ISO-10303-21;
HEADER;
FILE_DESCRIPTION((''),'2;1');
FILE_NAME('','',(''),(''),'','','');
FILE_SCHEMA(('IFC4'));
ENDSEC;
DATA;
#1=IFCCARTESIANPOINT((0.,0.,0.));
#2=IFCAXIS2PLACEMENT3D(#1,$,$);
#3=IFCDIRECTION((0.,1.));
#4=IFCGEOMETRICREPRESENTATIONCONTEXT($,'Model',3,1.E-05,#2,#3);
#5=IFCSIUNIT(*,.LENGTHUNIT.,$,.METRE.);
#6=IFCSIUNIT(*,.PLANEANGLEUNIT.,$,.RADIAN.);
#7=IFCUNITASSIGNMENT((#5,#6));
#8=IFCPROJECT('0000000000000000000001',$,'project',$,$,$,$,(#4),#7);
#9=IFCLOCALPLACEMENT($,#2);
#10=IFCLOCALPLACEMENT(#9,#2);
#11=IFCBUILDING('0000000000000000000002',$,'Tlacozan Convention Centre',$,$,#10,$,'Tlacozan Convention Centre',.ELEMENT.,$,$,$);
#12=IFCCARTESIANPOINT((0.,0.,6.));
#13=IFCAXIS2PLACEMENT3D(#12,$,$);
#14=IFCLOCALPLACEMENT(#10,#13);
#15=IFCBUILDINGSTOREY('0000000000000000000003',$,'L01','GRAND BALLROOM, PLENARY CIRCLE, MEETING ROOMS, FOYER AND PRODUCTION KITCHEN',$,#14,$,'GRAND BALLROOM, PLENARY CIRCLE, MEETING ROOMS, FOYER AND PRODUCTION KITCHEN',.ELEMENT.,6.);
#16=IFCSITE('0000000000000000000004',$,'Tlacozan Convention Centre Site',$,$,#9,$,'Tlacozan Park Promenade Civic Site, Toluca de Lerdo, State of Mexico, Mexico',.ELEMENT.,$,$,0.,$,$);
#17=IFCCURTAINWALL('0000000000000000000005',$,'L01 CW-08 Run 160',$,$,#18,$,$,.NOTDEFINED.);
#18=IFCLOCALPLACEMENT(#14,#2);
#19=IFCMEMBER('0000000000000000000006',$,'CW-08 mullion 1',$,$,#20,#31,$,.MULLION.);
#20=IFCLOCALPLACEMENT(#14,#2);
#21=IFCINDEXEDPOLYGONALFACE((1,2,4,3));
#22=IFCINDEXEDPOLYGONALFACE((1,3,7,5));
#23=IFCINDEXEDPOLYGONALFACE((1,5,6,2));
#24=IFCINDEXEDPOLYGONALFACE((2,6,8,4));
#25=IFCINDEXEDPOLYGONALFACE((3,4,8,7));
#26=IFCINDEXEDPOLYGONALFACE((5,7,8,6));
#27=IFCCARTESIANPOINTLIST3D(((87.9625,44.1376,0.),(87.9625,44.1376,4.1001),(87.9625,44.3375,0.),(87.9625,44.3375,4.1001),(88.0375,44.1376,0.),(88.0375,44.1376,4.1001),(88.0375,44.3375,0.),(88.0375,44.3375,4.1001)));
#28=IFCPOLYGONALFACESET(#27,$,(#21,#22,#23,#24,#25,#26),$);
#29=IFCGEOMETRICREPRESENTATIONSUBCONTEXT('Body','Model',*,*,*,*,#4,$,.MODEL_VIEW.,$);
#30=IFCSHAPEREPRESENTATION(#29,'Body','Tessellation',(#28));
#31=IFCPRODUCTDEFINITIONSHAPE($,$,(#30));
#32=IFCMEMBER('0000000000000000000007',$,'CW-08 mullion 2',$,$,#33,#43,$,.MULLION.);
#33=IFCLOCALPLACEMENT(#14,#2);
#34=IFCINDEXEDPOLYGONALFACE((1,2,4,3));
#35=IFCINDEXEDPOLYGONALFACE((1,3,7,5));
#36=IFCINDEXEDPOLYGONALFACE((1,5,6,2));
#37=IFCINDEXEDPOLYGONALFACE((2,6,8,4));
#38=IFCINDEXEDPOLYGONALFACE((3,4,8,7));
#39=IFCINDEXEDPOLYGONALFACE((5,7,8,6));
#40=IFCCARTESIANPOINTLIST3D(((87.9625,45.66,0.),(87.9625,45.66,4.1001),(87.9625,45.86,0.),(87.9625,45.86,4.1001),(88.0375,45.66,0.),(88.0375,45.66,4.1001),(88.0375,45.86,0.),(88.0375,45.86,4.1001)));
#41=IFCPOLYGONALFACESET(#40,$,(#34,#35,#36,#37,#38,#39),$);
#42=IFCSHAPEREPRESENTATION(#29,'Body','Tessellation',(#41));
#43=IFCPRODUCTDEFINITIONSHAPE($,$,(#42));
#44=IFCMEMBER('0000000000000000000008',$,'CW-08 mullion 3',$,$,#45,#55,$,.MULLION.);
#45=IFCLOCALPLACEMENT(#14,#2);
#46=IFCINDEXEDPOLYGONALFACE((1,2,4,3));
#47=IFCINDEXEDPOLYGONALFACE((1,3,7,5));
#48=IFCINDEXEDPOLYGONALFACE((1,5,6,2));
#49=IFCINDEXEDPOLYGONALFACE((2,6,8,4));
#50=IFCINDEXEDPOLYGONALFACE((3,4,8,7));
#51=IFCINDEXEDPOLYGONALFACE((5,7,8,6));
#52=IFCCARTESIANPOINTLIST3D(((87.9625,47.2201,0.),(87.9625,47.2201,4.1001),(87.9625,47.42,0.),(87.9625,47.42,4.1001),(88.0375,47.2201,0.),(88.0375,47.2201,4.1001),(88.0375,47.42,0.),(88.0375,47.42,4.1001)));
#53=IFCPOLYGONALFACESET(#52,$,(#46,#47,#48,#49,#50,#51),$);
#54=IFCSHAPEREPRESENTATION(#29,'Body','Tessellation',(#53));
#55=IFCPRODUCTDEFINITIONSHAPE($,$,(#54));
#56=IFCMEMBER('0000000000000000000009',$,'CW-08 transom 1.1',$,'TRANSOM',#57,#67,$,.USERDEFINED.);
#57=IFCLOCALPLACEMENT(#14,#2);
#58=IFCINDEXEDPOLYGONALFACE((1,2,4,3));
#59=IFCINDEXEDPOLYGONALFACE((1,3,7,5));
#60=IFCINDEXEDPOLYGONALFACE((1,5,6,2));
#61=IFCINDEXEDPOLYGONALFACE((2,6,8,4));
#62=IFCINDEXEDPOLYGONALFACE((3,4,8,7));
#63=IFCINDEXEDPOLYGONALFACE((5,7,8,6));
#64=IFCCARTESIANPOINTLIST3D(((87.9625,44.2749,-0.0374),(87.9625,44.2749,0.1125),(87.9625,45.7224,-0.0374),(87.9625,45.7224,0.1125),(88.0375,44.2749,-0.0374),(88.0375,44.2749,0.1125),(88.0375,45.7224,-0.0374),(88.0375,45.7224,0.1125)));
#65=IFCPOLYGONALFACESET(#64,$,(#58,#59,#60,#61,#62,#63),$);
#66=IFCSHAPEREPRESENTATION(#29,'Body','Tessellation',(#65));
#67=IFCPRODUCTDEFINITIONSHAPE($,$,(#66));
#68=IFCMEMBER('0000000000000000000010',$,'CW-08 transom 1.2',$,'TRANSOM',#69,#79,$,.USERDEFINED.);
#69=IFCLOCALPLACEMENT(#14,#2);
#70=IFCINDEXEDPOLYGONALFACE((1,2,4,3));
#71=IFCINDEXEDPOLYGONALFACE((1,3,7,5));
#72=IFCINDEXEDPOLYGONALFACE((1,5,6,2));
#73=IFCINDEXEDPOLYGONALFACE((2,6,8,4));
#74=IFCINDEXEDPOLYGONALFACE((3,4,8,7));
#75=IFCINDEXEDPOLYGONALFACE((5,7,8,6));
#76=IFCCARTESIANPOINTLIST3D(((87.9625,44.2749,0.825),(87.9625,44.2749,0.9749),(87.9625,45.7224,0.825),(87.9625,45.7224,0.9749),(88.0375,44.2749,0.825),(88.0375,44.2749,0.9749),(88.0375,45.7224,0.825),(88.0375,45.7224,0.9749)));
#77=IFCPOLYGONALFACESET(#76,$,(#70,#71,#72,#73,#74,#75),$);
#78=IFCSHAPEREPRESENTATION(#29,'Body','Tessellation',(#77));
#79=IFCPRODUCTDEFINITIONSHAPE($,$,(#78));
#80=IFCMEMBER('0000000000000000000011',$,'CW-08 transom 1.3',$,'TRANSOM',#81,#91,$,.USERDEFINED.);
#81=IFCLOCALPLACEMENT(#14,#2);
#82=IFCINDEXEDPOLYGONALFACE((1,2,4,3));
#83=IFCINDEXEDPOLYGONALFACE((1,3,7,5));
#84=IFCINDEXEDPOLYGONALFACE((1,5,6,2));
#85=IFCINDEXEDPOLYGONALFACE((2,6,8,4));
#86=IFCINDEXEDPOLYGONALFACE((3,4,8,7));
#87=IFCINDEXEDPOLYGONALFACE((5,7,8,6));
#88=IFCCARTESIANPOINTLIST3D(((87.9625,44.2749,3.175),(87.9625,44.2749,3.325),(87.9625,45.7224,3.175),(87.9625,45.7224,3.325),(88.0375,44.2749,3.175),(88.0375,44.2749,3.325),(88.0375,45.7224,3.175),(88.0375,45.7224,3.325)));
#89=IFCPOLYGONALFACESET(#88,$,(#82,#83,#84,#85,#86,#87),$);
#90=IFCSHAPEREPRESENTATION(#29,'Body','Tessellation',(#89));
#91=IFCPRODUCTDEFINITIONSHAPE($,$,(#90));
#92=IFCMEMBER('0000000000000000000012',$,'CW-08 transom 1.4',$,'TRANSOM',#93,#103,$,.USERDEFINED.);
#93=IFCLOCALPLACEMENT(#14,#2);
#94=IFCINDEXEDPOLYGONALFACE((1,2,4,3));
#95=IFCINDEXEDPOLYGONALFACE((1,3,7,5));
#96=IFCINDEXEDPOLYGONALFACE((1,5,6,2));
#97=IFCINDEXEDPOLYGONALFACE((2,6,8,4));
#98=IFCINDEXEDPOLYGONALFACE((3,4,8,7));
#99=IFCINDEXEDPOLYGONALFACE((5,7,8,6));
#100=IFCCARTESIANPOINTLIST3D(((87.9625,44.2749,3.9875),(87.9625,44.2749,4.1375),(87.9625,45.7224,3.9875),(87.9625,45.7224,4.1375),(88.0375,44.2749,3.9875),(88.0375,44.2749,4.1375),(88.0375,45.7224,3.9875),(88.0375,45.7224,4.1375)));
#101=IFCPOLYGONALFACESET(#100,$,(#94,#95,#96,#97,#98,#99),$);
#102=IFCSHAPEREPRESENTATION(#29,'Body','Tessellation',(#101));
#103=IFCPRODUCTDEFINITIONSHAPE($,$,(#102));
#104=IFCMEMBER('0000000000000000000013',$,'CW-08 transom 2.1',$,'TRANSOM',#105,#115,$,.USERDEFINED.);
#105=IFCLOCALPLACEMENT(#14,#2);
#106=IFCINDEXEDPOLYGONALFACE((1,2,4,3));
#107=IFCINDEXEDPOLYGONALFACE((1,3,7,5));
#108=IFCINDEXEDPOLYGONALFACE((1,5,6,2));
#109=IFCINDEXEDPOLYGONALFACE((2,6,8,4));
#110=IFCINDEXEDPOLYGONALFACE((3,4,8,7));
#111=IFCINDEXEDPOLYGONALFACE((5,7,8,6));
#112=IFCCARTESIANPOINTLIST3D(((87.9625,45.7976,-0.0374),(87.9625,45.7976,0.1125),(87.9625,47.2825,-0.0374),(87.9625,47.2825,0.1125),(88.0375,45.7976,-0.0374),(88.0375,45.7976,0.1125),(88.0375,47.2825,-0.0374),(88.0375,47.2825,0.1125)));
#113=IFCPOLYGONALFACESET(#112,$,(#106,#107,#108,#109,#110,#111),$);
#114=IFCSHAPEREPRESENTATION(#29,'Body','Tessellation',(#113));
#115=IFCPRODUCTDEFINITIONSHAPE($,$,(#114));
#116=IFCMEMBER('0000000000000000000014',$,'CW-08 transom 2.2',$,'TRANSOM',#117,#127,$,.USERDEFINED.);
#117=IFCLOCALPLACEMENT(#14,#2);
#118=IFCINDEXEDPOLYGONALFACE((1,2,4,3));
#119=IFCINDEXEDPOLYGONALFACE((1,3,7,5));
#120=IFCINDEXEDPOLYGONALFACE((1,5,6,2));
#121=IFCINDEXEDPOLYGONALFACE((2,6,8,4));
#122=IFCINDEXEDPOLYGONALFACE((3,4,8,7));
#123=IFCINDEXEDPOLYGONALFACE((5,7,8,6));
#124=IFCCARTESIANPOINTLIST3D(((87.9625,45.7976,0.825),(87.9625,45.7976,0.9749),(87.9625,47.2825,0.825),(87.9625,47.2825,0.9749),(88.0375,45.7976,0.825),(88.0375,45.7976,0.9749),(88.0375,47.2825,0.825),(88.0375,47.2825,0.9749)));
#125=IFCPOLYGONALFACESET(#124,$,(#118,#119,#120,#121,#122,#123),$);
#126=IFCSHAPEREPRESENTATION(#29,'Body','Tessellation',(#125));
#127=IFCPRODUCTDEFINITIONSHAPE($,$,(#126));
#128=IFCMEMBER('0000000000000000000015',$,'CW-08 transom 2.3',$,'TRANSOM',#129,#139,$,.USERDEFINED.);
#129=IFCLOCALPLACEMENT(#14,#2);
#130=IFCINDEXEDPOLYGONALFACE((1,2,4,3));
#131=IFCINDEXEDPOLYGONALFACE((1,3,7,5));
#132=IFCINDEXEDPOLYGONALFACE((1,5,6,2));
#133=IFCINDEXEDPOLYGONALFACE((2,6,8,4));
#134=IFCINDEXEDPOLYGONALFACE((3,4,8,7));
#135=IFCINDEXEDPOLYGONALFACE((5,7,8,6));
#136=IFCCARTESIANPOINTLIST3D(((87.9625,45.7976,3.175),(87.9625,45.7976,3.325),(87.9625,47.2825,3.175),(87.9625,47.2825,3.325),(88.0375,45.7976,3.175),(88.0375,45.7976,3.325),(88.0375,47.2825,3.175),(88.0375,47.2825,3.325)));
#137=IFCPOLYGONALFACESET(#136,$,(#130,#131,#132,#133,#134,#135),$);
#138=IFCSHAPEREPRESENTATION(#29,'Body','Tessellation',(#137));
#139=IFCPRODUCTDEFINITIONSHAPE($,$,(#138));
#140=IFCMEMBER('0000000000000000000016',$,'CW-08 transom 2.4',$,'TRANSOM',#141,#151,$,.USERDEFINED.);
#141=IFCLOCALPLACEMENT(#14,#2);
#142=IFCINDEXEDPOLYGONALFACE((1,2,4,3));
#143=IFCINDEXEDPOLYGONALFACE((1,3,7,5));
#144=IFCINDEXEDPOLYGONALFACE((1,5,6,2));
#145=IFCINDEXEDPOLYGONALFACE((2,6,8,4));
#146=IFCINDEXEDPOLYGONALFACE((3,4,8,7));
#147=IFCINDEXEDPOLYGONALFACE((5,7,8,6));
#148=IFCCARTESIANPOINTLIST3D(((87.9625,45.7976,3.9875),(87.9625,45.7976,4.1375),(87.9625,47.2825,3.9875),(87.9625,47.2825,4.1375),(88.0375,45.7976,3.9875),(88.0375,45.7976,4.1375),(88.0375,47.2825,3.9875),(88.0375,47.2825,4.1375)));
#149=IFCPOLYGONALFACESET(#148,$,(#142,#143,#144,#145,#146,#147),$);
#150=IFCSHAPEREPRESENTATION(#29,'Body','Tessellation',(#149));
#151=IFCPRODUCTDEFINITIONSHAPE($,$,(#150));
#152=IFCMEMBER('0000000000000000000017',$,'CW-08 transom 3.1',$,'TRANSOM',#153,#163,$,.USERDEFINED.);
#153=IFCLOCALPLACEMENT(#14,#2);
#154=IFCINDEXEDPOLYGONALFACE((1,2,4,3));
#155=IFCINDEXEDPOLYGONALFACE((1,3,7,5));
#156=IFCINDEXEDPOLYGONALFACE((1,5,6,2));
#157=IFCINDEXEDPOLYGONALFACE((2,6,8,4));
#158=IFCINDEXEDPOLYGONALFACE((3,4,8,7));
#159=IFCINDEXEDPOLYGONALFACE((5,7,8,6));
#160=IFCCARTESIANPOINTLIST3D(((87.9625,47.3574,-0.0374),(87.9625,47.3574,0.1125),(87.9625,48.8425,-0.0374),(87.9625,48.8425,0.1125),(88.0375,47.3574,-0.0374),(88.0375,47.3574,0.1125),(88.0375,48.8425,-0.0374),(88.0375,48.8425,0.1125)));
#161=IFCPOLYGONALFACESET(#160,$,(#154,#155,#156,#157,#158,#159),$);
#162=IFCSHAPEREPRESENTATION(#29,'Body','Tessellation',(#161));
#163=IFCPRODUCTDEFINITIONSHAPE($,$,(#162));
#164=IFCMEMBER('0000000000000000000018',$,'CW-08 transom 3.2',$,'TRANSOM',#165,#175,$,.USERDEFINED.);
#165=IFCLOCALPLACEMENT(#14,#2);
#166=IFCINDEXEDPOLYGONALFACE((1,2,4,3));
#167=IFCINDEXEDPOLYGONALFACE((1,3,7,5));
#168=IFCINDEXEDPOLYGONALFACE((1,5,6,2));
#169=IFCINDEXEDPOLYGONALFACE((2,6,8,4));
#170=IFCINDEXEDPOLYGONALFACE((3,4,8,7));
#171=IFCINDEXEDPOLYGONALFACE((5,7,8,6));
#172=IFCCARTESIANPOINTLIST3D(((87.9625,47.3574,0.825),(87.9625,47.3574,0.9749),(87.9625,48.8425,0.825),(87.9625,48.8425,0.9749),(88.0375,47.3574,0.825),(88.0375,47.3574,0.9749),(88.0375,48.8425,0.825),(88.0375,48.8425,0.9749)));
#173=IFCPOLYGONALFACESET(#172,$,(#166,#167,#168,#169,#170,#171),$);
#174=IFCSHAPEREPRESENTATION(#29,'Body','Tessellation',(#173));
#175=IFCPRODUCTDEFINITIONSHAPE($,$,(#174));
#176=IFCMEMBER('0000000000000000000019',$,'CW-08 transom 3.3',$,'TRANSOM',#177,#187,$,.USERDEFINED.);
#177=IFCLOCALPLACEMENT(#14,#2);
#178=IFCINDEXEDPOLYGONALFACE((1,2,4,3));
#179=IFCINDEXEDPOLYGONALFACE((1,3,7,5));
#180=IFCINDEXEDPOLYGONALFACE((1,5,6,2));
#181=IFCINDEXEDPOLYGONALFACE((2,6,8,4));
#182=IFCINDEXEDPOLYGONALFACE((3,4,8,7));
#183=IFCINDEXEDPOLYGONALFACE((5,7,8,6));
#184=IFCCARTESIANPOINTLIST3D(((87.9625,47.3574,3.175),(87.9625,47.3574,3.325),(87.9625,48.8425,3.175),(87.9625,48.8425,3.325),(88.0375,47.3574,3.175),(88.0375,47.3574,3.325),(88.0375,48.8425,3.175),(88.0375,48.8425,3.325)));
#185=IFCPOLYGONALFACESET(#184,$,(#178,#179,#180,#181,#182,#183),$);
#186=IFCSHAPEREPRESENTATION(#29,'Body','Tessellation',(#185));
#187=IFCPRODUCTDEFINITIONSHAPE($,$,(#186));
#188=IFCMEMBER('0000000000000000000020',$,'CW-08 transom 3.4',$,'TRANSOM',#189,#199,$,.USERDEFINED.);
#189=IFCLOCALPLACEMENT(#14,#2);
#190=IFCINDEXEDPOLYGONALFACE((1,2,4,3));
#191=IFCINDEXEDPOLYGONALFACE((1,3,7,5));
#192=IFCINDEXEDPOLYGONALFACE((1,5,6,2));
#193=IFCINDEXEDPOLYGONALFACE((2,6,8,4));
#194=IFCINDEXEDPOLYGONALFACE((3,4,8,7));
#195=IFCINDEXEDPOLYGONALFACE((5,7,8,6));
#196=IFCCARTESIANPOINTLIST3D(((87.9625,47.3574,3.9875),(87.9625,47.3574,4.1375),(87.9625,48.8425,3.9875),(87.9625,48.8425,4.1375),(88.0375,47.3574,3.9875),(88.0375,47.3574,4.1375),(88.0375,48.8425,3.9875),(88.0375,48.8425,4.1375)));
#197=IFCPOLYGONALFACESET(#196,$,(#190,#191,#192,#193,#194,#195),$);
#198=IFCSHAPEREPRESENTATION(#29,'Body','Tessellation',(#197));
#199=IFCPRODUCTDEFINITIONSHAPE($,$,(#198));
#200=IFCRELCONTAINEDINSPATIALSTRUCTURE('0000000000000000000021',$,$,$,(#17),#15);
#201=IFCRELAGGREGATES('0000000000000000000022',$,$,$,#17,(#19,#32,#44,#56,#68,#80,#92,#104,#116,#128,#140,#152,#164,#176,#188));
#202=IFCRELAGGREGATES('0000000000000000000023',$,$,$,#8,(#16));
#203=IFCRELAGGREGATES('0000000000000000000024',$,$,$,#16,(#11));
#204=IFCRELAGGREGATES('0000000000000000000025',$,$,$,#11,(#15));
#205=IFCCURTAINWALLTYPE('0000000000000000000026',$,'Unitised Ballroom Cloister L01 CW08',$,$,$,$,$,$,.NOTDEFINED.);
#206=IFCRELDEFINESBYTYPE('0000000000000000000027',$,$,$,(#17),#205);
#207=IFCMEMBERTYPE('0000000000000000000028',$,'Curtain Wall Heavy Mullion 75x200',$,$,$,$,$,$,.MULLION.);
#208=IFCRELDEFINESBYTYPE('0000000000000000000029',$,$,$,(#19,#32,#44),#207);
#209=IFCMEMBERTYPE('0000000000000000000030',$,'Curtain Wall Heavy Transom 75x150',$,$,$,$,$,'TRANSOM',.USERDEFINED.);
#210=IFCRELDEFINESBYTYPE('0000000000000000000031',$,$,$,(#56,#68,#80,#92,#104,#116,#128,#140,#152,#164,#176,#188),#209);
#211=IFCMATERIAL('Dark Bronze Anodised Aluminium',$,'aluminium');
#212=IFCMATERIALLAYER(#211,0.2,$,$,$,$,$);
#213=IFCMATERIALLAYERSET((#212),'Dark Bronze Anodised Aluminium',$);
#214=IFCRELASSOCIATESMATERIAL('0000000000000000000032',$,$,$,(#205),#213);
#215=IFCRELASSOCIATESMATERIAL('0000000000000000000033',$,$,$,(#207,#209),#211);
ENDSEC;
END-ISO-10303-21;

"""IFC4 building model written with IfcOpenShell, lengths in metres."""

from ifc_helpers import new_model, si_unit, direction, frame, origin, origin_2d, place, context, subcontext, project, spatial, rectangle, extrude, material, layer, layer_set, material_profile, profile_set, type_object, element, aggregate, save


model = new_model("IFC4")

# Units and contexts
model_context = context("Model", 3, precision=1e-05, world=origin(), true_north=direction((0.0, 1.0)))
body_context = subcontext(model_context, "Body", "Model", "MODEL_VIEW")
ifc_project = project(units=[si_unit("LENGTHUNIT", "METRE"), si_unit("PLANEANGLEUNIT", "RADIAN")], contexts=[model_context])

# Site, building, storey
site_placement = place(None, origin())
site = spatial("IfcSite", under=ifc_project, at=site_placement, Name="Tlacozan Convention Centre Site", LongName="Tlacozan Park Promenade Civic Site, Toluca de Lerdo, State of Mexico, Mexico", CompositionType="ELEMENT", RefElevation=0.0)
building_placement = place(site_placement, origin())
building = spatial("IfcBuilding", under=site, at=building_placement, Name="Tlacozan Convention Centre", LongName="Tlacozan Convention Centre", CompositionType="ELEMENT")
storey_placement = place(building_placement, frame((0.0, 0.0, 6.0)))
storey = spatial("IfcBuildingStorey", under=building, at=storey_placement, Name="L01", Description="GRAND BALLROOM, PLENARY CIRCLE, MEETING ROOMS, FOYER AND PRODUCTION KITCHEN", LongName="GRAND BALLROOM, PLENARY CIRCLE, MEETING ROOMS, FOYER AND PRODUCTION KITCHEN", CompositionType="ELEMENT", Elevation=6.0)

# Curtain wall, members
ifc_material_1 = material(Name="Dark Bronze Anodised Aluminium", Category="aluminium")
ifc_layer_1 = layer(ifc_material_1, 0.2)
ifc_layer_set_1 = layer_set([ifc_layer_1], Name="Dark Bronze Anodised Aluminium")
curtain_wall_type = type_object("IfcCurtainWallType", Name="Unitised Ballroom Cloister L01 CW08", PredefinedType="NOTDEFINED", material=ifc_layer_set_1)
curtain_wall_placement = place(storey_placement, origin())
curtain_wall = element("IfcCurtainWall", 1, at=curtain_wall_placement, inside=storey, type_object=curtain_wall_type, Name="L01 CW-08 Run 160", PredefinedType="NOTDEFINED")
ifc_material_profile_1 = material_profile(ifc_material_1, rectangle(XDim=0.075, YDim=0.2, at=origin_2d()), Name="ALU 75x200")
ifc_profile_set_1 = profile_set([ifc_material_profile_1], Name="Dark Bronze Anodised Aluminium")
member_type_1 = type_object("IfcMemberType", Name="Curtain Wall Heavy Mullion 75x200", PredefinedType="MULLION", material=ifc_profile_set_1)
member_1_placement = place(storey_placement, frame((88.0, 44.2375, 0.0), z_axis=(0.0, 0.0, 1.0), x_axis=(-1.0, 0.0, 0.0)))
member_1 = element("IfcMember", 2, at=member_1_placement, type_object=member_type_1, Name="CW-08 mullion 1", PredefinedType="MULLION", context=body_context, shape_type="SweptSolid", body=[
    extrude(rectangle(XDim=0.075, YDim=0.2, at=origin_2d()), origin(), (0.0, 0.0, 1.0), 4.1001),
])
member_2_placement = place(storey_placement, frame((88.0, 45.76, 0.0), z_axis=(0.0, 0.0, 1.0), x_axis=(-1.0, 0.0, 0.0)))
member_2 = element("IfcMember", 3, at=member_2_placement, type_object=member_type_1, Name="CW-08 mullion 2", PredefinedType="MULLION", context=body_context, shape_type="SweptSolid", body=[
    extrude(rectangle(XDim=0.075, YDim=0.2, at=origin_2d()), origin(), (0.0, 0.0, 1.0), 4.1001),
])
member_3_placement = place(storey_placement, frame((88.0, 47.3201, 0.0), z_axis=(0.0, 0.0, 1.0), x_axis=(-1.0, 0.0, 0.0)))
member_3 = element("IfcMember", 4, at=member_3_placement, type_object=member_type_1, Name="CW-08 mullion 3", PredefinedType="MULLION", context=body_context, shape_type="SweptSolid", body=[
    extrude(rectangle(XDim=0.075, YDim=0.2, at=origin_2d()), origin(), (0.0, 0.0, 1.0), 4.1001),
])
ifc_material_profile_2 = material_profile(ifc_material_1, rectangle(XDim=0.075, YDim=0.1499, at=origin_2d()), Name="ALU 75x150")
ifc_profile_set_2 = profile_set([ifc_material_profile_2], Name="Dark Bronze Anodised Aluminium")
member_type_2 = type_object("IfcMemberType", Name="Curtain Wall Heavy Transom 75x150", ElementType="TRANSOM", PredefinedType="USERDEFINED", material=ifc_profile_set_2)
member_4_placement = place(storey_placement, frame((88.0, 44.2749, 0.0376), z_axis=(0.0, 1.0, 0.0), x_axis=(-1.0, 0.0, 0.0)))
member_4 = element("IfcMember", 5, at=member_4_placement, type_object=member_type_2, Name="CW-08 transom 1.1", ObjectType="TRANSOM", PredefinedType="USERDEFINED", context=body_context, shape_type="SweptSolid", body=[
    extrude(rectangle(XDim=0.075, YDim=0.1499, at=origin_2d()), origin(), (0.0, 0.0, 1.0), 1.4475),
])
member_5_placement = place(storey_placement, frame((88.0, 44.2749, 0.8999), z_axis=(0.0, 1.0, 0.0), x_axis=(-1.0, 0.0, 0.0)))
member_5 = element("IfcMember", 6, at=member_5_placement, type_object=member_type_2, Name="CW-08 transom 1.2", ObjectType="TRANSOM", PredefinedType="USERDEFINED", context=body_context, shape_type="SweptSolid", body=[
    extrude(rectangle(XDim=0.075, YDim=0.1499, at=origin_2d()), origin(), (0.0, 0.0, 1.0), 1.4475),
])
member_6_placement = place(storey_placement, frame((88.0, 44.2749, 3.25), z_axis=(0.0, 1.0, 0.0), x_axis=(-1.0, 0.0, 0.0)))
member_6 = element("IfcMember", 7, at=member_6_placement, type_object=member_type_2, Name="CW-08 transom 1.3", ObjectType="TRANSOM", PredefinedType="USERDEFINED", context=body_context, shape_type="SweptSolid", body=[
    extrude(rectangle(XDim=0.075, YDim=0.1499, at=origin_2d()), origin(), (0.0, 0.0, 1.0), 1.4475),
])
member_7_placement = place(storey_placement, frame((88.0, 44.2749, 4.0625), z_axis=(0.0, 1.0, 0.0), x_axis=(-1.0, 0.0, 0.0)))
member_7 = element("IfcMember", 8, at=member_7_placement, type_object=member_type_2, Name="CW-08 transom 1.4", ObjectType="TRANSOM", PredefinedType="USERDEFINED", context=body_context, shape_type="SweptSolid", body=[
    extrude(rectangle(XDim=0.075, YDim=0.1499, at=origin_2d()), origin(), (0.0, 0.0, 1.0), 1.4475),
])
member_8_placement = place(storey_placement, frame((88.0, 45.7976, 0.0376), z_axis=(0.0, 1.0, 0.0), x_axis=(-1.0, 0.0, 0.0)))
member_8 = element("IfcMember", 9, at=member_8_placement, type_object=member_type_2, Name="CW-08 transom 2.1", ObjectType="TRANSOM", PredefinedType="USERDEFINED", context=body_context, shape_type="SweptSolid", body=[
    extrude(rectangle(XDim=0.075, YDim=0.1499, at=origin_2d()), origin(), (0.0, 0.0, 1.0), 1.4849),
])
member_9_placement = place(storey_placement, frame((88.0, 45.7976, 0.8999), z_axis=(0.0, 1.0, 0.0), x_axis=(-1.0, 0.0, 0.0)))
member_9 = element("IfcMember", 10, at=member_9_placement, type_object=member_type_2, Name="CW-08 transom 2.2", ObjectType="TRANSOM", PredefinedType="USERDEFINED", context=body_context, shape_type="SweptSolid", body=[
    extrude(rectangle(XDim=0.075, YDim=0.1499, at=origin_2d()), origin(), (0.0, 0.0, 1.0), 1.4849),
])
member_10_placement = place(storey_placement, frame((88.0, 45.7976, 3.25), z_axis=(0.0, 1.0, 0.0), x_axis=(-1.0, 0.0, 0.0)))
member_10 = element("IfcMember", 11, at=member_10_placement, type_object=member_type_2, Name="CW-08 transom 2.3", ObjectType="TRANSOM", PredefinedType="USERDEFINED", context=body_context, shape_type="SweptSolid", body=[
    extrude(rectangle(XDim=0.075, YDim=0.1499, at=origin_2d()), origin(), (0.0, 0.0, 1.0), 1.4849),
])
member_11_placement = place(storey_placement, frame((88.0, 45.7976, 4.0625), z_axis=(0.0, 1.0, 0.0), x_axis=(-1.0, 0.0, 0.0)))
member_11 = element("IfcMember", 12, at=member_11_placement, type_object=member_type_2, Name="CW-08 transom 2.4", ObjectType="TRANSOM", PredefinedType="USERDEFINED", context=body_context, shape_type="SweptSolid", body=[
    extrude(rectangle(XDim=0.075, YDim=0.1499, at=origin_2d()), origin(), (0.0, 0.0, 1.0), 1.4849),
])
member_12_placement = place(storey_placement, frame((88.0, 47.3574, 0.0376), z_axis=(0.0, 1.0, 0.0), x_axis=(-1.0, 0.0, 0.0)))
member_12 = element("IfcMember", 13, at=member_12_placement, type_object=member_type_2, Name="CW-08 transom 3.1", ObjectType="TRANSOM", PredefinedType="USERDEFINED", context=body_context, shape_type="SweptSolid", body=[
    extrude(rectangle(XDim=0.075, YDim=0.1499, at=origin_2d()), origin(), (0.0, 0.0, 1.0), 1.4851),
])
member_13_placement = place(storey_placement, frame((88.0, 47.3574, 0.8999), z_axis=(0.0, 1.0, 0.0), x_axis=(-1.0, 0.0, 0.0)))
member_13 = element("IfcMember", 14, at=member_13_placement, type_object=member_type_2, Name="CW-08 transom 3.2", ObjectType="TRANSOM", PredefinedType="USERDEFINED", context=body_context, shape_type="SweptSolid", body=[
    extrude(rectangle(XDim=0.075, YDim=0.1499, at=origin_2d()), origin(), (0.0, 0.0, 1.0), 1.4851),
])
member_14_placement = place(storey_placement, frame((88.0, 47.3574, 3.25), z_axis=(0.0, 1.0, 0.0), x_axis=(-1.0, 0.0, 0.0)))
member_14 = element("IfcMember", 15, at=member_14_placement, type_object=member_type_2, Name="CW-08 transom 3.3", ObjectType="TRANSOM", PredefinedType="USERDEFINED", context=body_context, shape_type="SweptSolid", body=[
    extrude(rectangle(XDim=0.075, YDim=0.1499, at=origin_2d()), origin(), (0.0, 0.0, 1.0), 1.4851),
])
member_15_placement = place(storey_placement, frame((88.0, 47.3574, 4.0625), z_axis=(0.0, 1.0, 0.0), x_axis=(-1.0, 0.0, 0.0)))
member_15 = element("IfcMember", 16, at=member_15_placement, type_object=member_type_2, Name="CW-08 transom 3.4", ObjectType="TRANSOM", PredefinedType="USERDEFINED", context=body_context, shape_type="SweptSolid", body=[
    extrude(rectangle(XDim=0.075, YDim=0.1499, at=origin_2d()), origin(), (0.0, 0.0, 1.0), 1.4851),
])
aggregate(curtain_wall, [member_1, member_2, member_3, member_4, member_5, member_6, member_7, member_8, member_9, member_10, member_11, member_12, member_13, member_14, member_15])

save(model, "model.ifc")
